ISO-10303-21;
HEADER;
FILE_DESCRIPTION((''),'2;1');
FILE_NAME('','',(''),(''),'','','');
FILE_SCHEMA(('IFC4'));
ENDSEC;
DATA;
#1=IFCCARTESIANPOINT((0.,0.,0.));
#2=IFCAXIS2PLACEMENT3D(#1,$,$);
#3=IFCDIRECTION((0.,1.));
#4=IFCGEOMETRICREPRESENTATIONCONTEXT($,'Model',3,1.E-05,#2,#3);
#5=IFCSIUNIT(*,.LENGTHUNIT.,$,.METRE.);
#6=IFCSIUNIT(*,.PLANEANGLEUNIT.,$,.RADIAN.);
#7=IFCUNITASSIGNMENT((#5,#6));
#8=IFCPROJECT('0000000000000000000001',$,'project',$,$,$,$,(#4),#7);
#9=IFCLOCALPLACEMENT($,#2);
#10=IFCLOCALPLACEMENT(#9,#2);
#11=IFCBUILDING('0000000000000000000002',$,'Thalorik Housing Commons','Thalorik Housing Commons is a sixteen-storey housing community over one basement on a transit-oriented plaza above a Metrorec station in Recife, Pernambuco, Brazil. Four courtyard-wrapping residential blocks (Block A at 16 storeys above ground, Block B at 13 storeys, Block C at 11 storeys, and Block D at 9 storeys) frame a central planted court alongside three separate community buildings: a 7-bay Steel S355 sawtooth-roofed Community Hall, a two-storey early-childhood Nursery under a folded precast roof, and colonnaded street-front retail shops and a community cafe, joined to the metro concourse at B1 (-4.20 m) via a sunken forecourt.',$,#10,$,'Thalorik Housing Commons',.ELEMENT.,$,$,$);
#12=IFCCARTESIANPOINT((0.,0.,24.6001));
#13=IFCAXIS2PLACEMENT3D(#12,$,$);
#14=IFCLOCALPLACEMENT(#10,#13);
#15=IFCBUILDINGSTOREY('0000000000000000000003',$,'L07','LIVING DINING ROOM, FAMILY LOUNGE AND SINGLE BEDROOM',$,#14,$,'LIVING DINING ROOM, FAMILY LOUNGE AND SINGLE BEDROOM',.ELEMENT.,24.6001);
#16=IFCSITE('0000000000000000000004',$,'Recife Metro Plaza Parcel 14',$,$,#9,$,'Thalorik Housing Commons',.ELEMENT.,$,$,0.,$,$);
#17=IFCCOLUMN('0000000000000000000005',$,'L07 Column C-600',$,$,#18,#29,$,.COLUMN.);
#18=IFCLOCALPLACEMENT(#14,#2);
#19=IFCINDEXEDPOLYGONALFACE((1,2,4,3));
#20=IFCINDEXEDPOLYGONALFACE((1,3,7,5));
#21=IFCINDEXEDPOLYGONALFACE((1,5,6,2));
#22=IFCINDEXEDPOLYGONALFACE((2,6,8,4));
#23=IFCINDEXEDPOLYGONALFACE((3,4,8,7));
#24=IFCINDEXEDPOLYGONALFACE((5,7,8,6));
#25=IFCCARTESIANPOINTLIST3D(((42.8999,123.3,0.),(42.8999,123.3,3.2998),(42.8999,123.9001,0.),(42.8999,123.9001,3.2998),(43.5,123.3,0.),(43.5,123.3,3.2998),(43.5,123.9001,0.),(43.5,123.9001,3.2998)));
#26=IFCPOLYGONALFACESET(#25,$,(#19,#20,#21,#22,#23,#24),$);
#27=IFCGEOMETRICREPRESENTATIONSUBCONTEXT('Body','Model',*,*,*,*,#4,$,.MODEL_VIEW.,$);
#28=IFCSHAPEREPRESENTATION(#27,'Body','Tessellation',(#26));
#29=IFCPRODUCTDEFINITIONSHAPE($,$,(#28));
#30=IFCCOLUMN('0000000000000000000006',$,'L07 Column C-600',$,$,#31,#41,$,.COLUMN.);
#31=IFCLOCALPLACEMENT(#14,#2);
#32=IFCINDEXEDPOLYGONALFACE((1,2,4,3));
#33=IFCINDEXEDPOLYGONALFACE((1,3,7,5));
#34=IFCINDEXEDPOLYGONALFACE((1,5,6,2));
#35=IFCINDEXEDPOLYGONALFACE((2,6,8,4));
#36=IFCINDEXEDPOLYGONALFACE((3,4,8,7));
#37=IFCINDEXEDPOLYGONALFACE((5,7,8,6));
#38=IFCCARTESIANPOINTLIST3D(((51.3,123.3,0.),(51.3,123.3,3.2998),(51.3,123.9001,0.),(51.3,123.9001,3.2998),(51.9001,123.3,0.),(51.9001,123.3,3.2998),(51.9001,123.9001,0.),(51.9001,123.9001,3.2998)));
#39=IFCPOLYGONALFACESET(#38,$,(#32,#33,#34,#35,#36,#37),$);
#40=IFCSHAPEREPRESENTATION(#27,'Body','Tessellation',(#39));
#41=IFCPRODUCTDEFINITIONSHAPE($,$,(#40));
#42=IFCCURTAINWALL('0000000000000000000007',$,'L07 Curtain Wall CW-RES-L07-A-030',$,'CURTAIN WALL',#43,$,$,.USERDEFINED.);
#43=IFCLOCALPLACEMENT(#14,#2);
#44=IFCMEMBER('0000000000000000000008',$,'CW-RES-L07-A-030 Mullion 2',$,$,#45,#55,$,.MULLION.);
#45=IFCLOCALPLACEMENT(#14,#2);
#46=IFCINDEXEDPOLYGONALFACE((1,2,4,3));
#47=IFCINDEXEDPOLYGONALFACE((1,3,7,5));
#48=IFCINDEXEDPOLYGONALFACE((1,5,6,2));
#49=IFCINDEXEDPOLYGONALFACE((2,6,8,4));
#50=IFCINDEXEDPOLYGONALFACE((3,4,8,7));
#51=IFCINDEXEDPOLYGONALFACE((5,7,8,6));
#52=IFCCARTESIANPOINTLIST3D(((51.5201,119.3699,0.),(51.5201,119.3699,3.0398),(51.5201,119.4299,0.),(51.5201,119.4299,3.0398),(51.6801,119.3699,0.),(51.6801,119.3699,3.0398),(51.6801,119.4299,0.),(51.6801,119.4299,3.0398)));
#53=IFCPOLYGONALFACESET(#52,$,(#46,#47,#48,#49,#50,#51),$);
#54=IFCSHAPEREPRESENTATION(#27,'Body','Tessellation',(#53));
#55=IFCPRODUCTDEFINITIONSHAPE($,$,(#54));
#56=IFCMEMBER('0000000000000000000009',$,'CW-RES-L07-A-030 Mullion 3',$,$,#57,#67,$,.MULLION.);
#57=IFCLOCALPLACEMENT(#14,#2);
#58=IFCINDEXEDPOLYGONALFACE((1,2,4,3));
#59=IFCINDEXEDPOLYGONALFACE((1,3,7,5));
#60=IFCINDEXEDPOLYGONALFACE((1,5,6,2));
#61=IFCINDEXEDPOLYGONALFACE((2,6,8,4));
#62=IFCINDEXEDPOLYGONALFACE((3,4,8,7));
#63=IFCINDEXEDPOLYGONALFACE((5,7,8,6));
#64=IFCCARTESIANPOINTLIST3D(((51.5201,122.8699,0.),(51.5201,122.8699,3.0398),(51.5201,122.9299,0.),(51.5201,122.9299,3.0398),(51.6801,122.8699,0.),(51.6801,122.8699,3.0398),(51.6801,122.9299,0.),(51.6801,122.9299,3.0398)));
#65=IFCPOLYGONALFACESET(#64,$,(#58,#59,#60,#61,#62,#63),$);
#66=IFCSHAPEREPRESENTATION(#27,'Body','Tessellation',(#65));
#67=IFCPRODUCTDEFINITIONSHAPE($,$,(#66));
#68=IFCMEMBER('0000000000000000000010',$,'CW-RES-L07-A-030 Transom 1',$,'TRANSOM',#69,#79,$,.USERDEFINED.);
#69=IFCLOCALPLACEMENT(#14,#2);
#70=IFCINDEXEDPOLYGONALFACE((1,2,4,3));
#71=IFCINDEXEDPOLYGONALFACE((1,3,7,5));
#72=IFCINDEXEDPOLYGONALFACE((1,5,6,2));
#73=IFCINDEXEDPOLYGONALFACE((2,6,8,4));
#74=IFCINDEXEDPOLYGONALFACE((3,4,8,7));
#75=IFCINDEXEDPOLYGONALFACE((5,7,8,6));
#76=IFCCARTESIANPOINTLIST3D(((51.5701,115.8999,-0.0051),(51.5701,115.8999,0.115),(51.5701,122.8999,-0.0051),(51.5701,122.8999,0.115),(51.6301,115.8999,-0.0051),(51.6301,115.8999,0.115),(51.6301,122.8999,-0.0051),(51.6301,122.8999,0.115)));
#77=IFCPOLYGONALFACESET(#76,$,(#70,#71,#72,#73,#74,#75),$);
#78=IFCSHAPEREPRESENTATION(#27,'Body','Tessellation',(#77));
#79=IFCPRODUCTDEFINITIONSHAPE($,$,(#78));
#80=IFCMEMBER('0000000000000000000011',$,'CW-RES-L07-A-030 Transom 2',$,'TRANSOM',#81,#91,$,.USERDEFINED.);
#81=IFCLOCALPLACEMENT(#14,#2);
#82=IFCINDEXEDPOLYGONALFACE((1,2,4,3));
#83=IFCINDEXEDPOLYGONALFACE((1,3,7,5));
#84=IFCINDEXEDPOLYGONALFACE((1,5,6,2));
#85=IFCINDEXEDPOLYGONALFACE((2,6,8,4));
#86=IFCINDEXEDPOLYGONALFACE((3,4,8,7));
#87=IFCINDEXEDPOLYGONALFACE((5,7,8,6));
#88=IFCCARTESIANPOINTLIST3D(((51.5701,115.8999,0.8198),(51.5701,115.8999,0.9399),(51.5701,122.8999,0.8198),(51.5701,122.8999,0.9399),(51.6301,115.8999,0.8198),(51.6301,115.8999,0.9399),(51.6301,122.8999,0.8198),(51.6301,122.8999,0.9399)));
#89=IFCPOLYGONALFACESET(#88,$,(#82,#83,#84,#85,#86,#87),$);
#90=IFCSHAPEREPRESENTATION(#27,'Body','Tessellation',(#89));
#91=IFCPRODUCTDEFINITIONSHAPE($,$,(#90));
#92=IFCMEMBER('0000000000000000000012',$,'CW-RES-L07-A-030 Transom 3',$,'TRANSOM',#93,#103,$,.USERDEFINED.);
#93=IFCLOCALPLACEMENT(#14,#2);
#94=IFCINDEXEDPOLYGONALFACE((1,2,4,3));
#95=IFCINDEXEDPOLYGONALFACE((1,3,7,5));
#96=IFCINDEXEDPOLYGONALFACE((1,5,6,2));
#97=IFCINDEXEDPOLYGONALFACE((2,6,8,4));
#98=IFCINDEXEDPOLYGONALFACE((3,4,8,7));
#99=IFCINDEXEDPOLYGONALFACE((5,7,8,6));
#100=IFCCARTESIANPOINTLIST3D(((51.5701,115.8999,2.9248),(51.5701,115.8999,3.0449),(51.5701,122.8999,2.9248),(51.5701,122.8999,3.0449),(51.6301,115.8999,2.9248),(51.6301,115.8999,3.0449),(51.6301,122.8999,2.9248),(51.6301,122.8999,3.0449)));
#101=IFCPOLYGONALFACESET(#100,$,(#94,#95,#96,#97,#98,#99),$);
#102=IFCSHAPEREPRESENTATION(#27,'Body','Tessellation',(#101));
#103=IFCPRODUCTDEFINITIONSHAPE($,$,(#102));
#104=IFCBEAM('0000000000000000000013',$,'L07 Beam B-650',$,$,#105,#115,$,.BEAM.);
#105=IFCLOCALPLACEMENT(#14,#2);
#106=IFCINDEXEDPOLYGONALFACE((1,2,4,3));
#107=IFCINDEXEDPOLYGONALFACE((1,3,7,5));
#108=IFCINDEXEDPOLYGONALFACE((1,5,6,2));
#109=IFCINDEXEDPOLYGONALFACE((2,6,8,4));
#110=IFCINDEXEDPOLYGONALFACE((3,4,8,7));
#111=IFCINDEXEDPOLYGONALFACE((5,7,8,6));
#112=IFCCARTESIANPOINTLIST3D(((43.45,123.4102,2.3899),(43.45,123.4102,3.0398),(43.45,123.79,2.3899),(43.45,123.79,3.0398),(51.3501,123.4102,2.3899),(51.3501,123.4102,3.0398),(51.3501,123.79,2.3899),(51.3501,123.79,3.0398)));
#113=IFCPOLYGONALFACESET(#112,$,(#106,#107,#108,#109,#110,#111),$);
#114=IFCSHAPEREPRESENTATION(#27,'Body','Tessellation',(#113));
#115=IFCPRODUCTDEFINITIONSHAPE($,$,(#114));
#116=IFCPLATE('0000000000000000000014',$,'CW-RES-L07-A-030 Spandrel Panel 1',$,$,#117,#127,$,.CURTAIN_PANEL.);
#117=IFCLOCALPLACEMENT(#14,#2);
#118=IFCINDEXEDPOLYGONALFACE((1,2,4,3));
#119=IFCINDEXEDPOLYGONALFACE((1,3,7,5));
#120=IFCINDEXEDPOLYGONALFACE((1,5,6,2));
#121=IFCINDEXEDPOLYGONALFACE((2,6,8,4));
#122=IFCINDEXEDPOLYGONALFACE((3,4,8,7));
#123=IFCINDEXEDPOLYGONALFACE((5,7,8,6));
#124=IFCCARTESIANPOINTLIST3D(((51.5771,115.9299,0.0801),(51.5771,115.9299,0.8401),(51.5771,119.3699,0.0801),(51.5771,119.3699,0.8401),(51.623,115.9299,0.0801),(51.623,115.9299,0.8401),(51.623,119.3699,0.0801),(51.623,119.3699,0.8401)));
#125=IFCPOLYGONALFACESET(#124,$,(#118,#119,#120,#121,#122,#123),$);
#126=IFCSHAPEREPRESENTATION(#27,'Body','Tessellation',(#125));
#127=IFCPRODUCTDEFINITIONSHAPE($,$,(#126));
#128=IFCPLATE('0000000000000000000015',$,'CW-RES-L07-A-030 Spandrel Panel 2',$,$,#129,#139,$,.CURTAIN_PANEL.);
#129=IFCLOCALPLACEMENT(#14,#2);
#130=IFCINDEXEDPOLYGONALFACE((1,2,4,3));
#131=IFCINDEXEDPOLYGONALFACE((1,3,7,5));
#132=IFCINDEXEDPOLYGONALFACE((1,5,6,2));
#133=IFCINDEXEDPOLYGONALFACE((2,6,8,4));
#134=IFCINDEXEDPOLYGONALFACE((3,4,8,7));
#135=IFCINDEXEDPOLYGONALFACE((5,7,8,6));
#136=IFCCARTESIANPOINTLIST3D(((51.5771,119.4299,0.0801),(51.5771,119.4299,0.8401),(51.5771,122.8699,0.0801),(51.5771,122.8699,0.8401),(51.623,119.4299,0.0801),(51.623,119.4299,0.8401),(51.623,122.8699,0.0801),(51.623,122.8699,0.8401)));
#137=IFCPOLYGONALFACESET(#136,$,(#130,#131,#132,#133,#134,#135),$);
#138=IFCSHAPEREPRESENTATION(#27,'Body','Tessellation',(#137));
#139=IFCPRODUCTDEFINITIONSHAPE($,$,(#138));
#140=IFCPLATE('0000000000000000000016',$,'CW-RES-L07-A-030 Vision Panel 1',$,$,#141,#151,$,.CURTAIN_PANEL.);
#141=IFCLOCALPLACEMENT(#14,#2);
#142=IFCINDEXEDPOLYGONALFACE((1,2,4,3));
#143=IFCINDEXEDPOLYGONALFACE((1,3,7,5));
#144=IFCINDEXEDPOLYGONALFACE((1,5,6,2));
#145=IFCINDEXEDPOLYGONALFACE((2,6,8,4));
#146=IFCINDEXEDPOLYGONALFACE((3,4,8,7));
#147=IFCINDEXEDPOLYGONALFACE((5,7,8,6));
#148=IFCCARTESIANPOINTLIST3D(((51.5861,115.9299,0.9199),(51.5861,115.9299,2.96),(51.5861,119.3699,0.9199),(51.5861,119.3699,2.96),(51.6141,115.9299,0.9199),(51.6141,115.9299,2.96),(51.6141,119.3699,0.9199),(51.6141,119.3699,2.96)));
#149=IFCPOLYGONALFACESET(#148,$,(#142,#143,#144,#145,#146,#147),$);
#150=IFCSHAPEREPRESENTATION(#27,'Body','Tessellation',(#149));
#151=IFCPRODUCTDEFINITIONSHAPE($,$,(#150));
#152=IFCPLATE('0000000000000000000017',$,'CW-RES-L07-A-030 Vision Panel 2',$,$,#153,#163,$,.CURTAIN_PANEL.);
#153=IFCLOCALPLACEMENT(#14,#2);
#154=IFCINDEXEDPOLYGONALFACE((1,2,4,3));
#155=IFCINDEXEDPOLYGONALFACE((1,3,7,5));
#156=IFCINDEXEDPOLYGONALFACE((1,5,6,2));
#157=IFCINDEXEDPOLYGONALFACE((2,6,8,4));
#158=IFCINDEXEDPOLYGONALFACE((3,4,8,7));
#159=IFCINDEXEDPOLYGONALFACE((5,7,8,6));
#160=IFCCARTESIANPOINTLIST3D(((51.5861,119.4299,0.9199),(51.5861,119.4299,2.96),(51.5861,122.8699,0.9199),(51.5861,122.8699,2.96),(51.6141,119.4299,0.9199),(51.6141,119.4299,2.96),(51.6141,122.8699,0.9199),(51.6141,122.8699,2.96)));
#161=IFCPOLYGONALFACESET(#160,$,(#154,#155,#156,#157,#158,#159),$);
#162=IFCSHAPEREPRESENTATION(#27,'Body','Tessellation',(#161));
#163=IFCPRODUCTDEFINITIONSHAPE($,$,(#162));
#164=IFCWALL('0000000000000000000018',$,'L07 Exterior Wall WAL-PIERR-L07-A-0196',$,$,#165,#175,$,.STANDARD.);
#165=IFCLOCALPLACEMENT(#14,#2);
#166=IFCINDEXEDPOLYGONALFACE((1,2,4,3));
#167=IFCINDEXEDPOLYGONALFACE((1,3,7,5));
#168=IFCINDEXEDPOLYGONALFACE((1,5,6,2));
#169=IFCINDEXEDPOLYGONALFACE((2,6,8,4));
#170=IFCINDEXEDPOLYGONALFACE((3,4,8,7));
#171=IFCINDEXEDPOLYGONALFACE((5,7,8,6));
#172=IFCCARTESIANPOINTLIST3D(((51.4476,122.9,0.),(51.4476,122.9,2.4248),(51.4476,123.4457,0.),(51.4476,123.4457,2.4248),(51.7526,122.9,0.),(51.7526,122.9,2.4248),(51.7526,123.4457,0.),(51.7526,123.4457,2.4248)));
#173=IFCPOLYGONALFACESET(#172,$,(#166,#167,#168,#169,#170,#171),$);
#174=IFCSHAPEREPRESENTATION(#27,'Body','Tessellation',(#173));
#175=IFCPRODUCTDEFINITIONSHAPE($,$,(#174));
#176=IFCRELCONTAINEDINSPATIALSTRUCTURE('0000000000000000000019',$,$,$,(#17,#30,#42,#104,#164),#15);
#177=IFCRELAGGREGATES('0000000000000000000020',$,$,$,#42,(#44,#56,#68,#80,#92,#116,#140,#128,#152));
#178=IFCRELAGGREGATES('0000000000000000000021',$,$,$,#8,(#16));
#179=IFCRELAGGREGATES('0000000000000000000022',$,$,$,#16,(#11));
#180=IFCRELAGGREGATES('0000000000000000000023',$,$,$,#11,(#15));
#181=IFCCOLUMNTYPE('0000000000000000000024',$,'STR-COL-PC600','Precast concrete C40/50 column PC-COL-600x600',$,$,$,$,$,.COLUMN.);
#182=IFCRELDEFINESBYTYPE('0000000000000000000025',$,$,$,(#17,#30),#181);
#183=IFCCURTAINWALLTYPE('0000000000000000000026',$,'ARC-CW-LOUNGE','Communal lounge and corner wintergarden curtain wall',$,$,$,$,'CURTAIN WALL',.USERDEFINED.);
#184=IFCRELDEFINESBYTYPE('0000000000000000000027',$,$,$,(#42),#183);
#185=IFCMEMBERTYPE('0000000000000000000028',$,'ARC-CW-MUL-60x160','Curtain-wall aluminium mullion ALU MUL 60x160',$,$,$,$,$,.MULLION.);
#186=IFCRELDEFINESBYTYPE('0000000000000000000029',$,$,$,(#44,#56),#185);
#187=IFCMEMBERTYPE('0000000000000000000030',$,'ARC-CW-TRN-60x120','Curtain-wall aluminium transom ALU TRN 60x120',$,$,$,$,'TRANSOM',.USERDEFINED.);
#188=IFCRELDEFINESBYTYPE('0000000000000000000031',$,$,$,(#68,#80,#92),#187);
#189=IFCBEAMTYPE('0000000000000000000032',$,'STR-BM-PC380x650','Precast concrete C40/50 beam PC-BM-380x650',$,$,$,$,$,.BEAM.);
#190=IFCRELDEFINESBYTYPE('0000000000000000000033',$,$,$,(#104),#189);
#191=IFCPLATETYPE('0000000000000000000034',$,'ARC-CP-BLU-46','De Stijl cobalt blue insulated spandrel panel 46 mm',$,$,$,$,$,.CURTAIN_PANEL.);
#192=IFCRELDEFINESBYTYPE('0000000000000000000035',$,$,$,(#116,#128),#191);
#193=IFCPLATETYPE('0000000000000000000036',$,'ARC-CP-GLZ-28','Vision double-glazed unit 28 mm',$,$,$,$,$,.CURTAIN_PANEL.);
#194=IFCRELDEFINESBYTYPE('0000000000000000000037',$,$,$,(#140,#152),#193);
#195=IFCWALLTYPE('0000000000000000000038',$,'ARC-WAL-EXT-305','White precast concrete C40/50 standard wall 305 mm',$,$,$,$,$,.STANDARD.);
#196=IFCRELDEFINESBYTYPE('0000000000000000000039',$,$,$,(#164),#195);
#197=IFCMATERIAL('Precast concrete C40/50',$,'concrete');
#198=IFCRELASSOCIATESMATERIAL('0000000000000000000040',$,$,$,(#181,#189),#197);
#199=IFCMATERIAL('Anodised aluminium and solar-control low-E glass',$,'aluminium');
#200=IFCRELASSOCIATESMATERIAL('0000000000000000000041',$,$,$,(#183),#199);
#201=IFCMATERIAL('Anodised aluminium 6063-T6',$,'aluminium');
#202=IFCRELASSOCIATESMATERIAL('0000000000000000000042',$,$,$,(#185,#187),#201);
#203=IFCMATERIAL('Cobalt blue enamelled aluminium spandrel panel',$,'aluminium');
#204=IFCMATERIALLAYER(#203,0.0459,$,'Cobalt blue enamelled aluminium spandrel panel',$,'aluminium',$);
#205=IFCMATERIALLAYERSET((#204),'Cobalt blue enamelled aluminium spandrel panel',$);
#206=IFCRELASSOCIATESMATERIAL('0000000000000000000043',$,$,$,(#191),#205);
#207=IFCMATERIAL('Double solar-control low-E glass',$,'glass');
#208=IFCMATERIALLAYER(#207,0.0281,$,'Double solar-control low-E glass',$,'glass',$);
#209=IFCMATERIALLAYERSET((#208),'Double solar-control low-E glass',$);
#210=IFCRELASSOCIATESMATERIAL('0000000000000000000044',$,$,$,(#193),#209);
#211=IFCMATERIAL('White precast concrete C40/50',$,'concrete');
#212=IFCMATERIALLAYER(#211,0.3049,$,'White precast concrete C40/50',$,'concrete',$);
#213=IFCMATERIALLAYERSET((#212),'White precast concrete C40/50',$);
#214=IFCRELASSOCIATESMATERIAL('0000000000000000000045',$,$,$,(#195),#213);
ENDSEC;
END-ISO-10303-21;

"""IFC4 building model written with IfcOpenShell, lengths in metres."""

from ifc_helpers import new_model, si_unit, direction, frame, frame_2d, origin, origin_2d, place, context, subcontext, project, spatial, rectangle, extrude, material, layer, layer_set, material_profile, profile_set, type_object, element, aggregate, save


model = new_model("IFC4")

# Units and contexts
model_context = context("Model", 3, precision=1e-05, world=origin(), true_north=direction((0.0, 1.0)))
body_context = subcontext(model_context, "Body", "Model", "MODEL_VIEW")
ifc_project = project(units=[si_unit("LENGTHUNIT", "METRE"), si_unit("PLANEANGLEUNIT", "RADIAN")], contexts=[model_context])

# Site, building, storey
site_placement = place(None, origin())
site = spatial("IfcSite", under=ifc_project, at=site_placement, Name="Recife Metro Plaza Parcel 14", LongName="Thalorik Housing Commons", CompositionType="ELEMENT", RefElevation=0.0)
building_placement = place(site_placement, origin())
building = spatial("IfcBuilding", under=site, at=building_placement, Name="Thalorik Housing Commons", Description="Thalorik Housing Commons is a sixteen-storey housing community over one basement on a transit-oriented plaza above a Metrorec station in Recife, Pernambuco, Brazil. Four courtyard-wrapping residential blocks (Block A at 16 storeys above ground, Block B at 13 storeys, Block C at 11 storeys, and Block D at 9 storeys) frame a central planted court alongside three separate community buildings: a 7-bay Steel S355 sawtooth-roofed Community Hall, a two-storey early-childhood Nursery under a folded precast roof, and colonnaded street-front retail shops and a community cafe, joined to the metro concourse at B1 (-4.20 m) via a sunken forecourt.", LongName="Thalorik Housing Commons", CompositionType="ELEMENT")
storey_placement = place(building_placement, frame((0.0, 0.0, 24.6001)))
storey = spatial("IfcBuildingStorey", under=building, at=storey_placement, Name="L07", Description="LIVING DINING ROOM, FAMILY LOUNGE AND SINGLE BEDROOM", LongName="LIVING DINING ROOM, FAMILY LOUNGE AND SINGLE BEDROOM", CompositionType="ELEMENT", Elevation=24.6001)

# Columns
ifc_material_1 = material(Name="Precast concrete C40/50", Category="concrete")
ifc_material_profile_1 = material_profile(ifc_material_1, rectangle(XDim=0.6001, YDim=0.6001, at=origin_2d()), Name="PC 600x600", Category="concrete")
ifc_profile_set_1 = profile_set([ifc_material_profile_1], Name="Precast concrete C40/50")
column_type = type_object("IfcColumnType", Name="STR-COL-PC600", Description="Precast concrete C40/50 column PC-COL-600x600", PredefinedType="COLUMN", material=ifc_profile_set_1)
for number, where, z_axis, x_axis, name in (
    (1, (43.2, 123.6001, 0.0), (0.0, 0.0, 1.0), (1.0, 0.0, 0.0), "L07 Column C-600"),
    (2, (51.6001, 123.6001, 0.0), (0.0, 0.0, 1.0), (1.0, 0.0, 0.0), "L07 Column C-600"),
):
    element("IfcColumn", number, at=place(storey_placement, frame(where, z_axis=z_axis, x_axis=x_axis)), inside=storey, type_object=column_type, Name=name, PredefinedType="COLUMN", context=body_context, shape_type="SweptSolid", body=[
        extrude(rectangle(XDim=0.6001, YDim=0.6001, at=origin_2d()), origin(), (0.0, 0.0, 1.0), 3.2998),
    ])

# Curtain wall, members
ifc_material_2 = material(Name="Anodised aluminium and solar-control low-E glass", Category="aluminium")
curtain_wall_type = type_object("IfcCurtainWallType", Name="ARC-CW-LOUNGE", Description="Communal lounge and corner wintergarden curtain wall", ElementType="CURTAIN WALL", PredefinedType="USERDEFINED", material=ifc_material_2)
curtain_wall_placement = place(storey_placement, origin())
curtain_wall = element("IfcCurtainWall", 3, at=curtain_wall_placement, inside=storey, type_object=curtain_wall_type, Name="L07 Curtain Wall CW-RES-L07-A-030", ObjectType="CURTAIN WALL", PredefinedType="USERDEFINED")
ifc_material_3 = material(Name="Anodised aluminium 6063-T6", Category="aluminium")
ifc_material_profile_2 = material_profile(ifc_material_3, rectangle(XDim=0.0601, YDim=0.1599, at=origin_2d()), Name="ALU MUL 60x160", Category="aluminium")
ifc_profile_set_2 = profile_set([ifc_material_profile_2], Name="Anodised aluminium 6063-T6")
member_type_1 = type_object("IfcMemberType", Name="ARC-CW-MUL-60x160", Description="Curtain-wall aluminium mullion ALU MUL 60x160", PredefinedType="MULLION", material=ifc_profile_set_2)
member_1_placement = place(storey_placement, frame((51.6001, 119.3999, 0.0), z_axis=(0.0, 0.0, 1.0), x_axis=(0.0, 1.0, 0.0)))
member_1 = element("IfcMember", 4, at=member_1_placement, type_object=member_type_1, Name="CW-RES-L07-A-030 Mullion 2", PredefinedType="MULLION", context=body_context, shape_type="SweptSolid", body=[
    extrude(rectangle(XDim=0.0601, YDim=0.1599, at=origin_2d()), origin(), (0.0, 0.0, 1.0), 3.0398),
])
member_2_placement = place(storey_placement, frame((51.6001, 122.8999, 0.0), z_axis=(0.0, 0.0, 1.0), x_axis=(0.0, 1.0, 0.0)))
member_2 = element("IfcMember", 5, at=member_2_placement, type_object=member_type_1, Name="CW-RES-L07-A-030 Mullion 3", PredefinedType="MULLION", context=body_context, shape_type="SweptSolid", body=[
    extrude(rectangle(XDim=0.0601, YDim=0.1599, at=origin_2d()), origin(), (0.0, 0.0, 1.0), 3.0398),
])
ifc_material_profile_3 = material_profile(ifc_material_3, rectangle(XDim=0.0601, YDim=0.1201, at=origin_2d()), Name="ALU TRN 60x120", Category="aluminium")
ifc_profile_set_3 = profile_set([ifc_material_profile_3], Name="Anodised aluminium 6063-T6")
member_type_2 = type_object("IfcMemberType", Name="ARC-CW-TRN-60x120", Description="Curtain-wall aluminium transom ALU TRN 60x120", ElementType="TRANSOM", PredefinedType="USERDEFINED", material=ifc_profile_set_3)
member_3_placement = place(storey_placement, frame((51.6001, 115.8999, 0.0549), z_axis=(0.0, 1.0, 0.0), x_axis=(-1.0, 0.0, 0.0)))
member_3 = element("IfcMember", 6, at=member_3_placement, type_object=member_type_2, Name="CW-RES-L07-A-030 Transom 1", ObjectType="TRANSOM", PredefinedType="USERDEFINED", context=body_context, shape_type="SweptSolid", body=[
    extrude(rectangle(XDim=0.0601, YDim=0.1201, at=origin_2d()), origin(), (0.0, 0.0, 1.0), 7.0),
])
member_4_placement = place(storey_placement, frame((51.6001, 115.8999, 0.8799), z_axis=(0.0, 1.0, 0.0), x_axis=(-1.0, 0.0, 0.0)))
member_4 = element("IfcMember", 7, at=member_4_placement, type_object=member_type_2, Name="CW-RES-L07-A-030 Transom 2", ObjectType="TRANSOM", PredefinedType="USERDEFINED", context=body_context, shape_type="SweptSolid", body=[
    extrude(rectangle(XDim=0.0601, YDim=0.1201, at=origin_2d()), origin(), (0.0, 0.0, 1.0), 7.0),
])
member_5_placement = place(storey_placement, frame((51.6001, 115.8999, 2.9849), z_axis=(0.0, 1.0, 0.0), x_axis=(-1.0, 0.0, 0.0)))
member_5 = element("IfcMember", 8, at=member_5_placement, type_object=member_type_2, Name="CW-RES-L07-A-030 Transom 3", ObjectType="TRANSOM", PredefinedType="USERDEFINED", context=body_context, shape_type="SweptSolid", body=[
    extrude(rectangle(XDim=0.0601, YDim=0.1201, at=origin_2d()), origin(), (0.0, 0.0, 1.0), 7.0),
])

# Beam
ifc_material_profile_4 = material_profile(ifc_material_1, rectangle(XDim=0.3799, YDim=0.6499, at=origin_2d()), Name="PC 380x650", Category="concrete")
ifc_profile_set_4 = profile_set([ifc_material_profile_4], Name="Precast concrete C40/50")
beam_type = type_object("IfcBeamType", Name="STR-BM-PC380x650", Description="Precast concrete C40/50 beam PC-BM-380x650", PredefinedType="BEAM", material=ifc_profile_set_4)
beam_placement = place(storey_placement, frame((43.45, 123.6001, 2.7148), z_axis=(1.0, 0.0, 0.0), x_axis=(0.0, 1.0, 0.0)))
element("IfcBeam", 9, at=beam_placement, inside=storey, type_object=beam_type, Name="L07 Beam B-650", PredefinedType="BEAM", context=body_context, shape_type="SweptSolid", body=[
    extrude(rectangle(XDim=0.3799, YDim=0.6499, at=origin_2d()), origin(), (0.0, 0.0, 1.0), 7.9001),
])

# Plates
ifc_material_4 = material(Name="Cobalt blue enamelled aluminium spandrel panel", Category="aluminium")
ifc_layer_1 = layer(ifc_material_4, 0.0459, Name="Cobalt blue enamelled aluminium spandrel panel", Category="aluminium")
ifc_layer_set_1 = layer_set([ifc_layer_1], Name="Cobalt blue enamelled aluminium spandrel panel")
plate_type_1 = type_object("IfcPlateType", Name="ARC-CP-BLU-46", Description="De Stijl cobalt blue insulated spandrel panel 46 mm", PredefinedType="CURTAIN_PANEL", material=ifc_layer_set_1)
plate_1_placement = place(storey_placement, frame((51.6001, 117.6499, 0.0801), z_axis=(0.0, 0.0, 1.0), x_axis=(0.0, 1.0, 0.0)))
plate_1 = element("IfcPlate", 10, at=plate_1_placement, type_object=plate_type_1, Name="CW-RES-L07-A-030 Spandrel Panel 1", PredefinedType="CURTAIN_PANEL", context=body_context, shape_type="SweptSolid", body=[
    extrude(rectangle(XDim=3.4399, YDim=0.0459, at=origin_2d()), origin(), (0.0, 0.0, 1.0), 0.76),
])
plate_2_placement = place(storey_placement, frame((51.6001, 121.1499, 0.0801), z_axis=(0.0, 0.0, 1.0), x_axis=(0.0, 1.0, 0.0)))
plate_2 = element("IfcPlate", 11, at=plate_2_placement, type_object=plate_type_1, Name="CW-RES-L07-A-030 Spandrel Panel 2", PredefinedType="CURTAIN_PANEL", context=body_context, shape_type="SweptSolid", body=[
    extrude(rectangle(XDim=3.4399, YDim=0.0459, at=origin_2d()), origin(), (0.0, 0.0, 1.0), 0.76),
])
ifc_material_5 = material(Name="Double solar-control low-E glass", Category="glass")
ifc_layer_2 = layer(ifc_material_5, 0.0281, Name="Double solar-control low-E glass", Category="glass")
ifc_layer_set_2 = layer_set([ifc_layer_2], Name="Double solar-control low-E glass")
plate_type_2 = type_object("IfcPlateType", Name="ARC-CP-GLZ-28", Description="Vision double-glazed unit 28 mm", PredefinedType="CURTAIN_PANEL", material=ifc_layer_set_2)
plate_3_placement = place(storey_placement, frame((51.6001, 117.6499, 0.9199), z_axis=(0.0, 0.0, 1.0), x_axis=(0.0, 1.0, 0.0)))
plate_3 = element("IfcPlate", 12, at=plate_3_placement, type_object=plate_type_2, Name="CW-RES-L07-A-030 Vision Panel 1", PredefinedType="CURTAIN_PANEL", context=body_context, shape_type="SweptSolid", body=[
    extrude(rectangle(XDim=3.4399, YDim=0.0281, at=origin_2d()), origin(), (0.0, 0.0, 1.0), 2.04),
])
plate_4_placement = place(storey_placement, frame((51.6001, 121.1499, 0.9199), z_axis=(0.0, 0.0, 1.0), x_axis=(0.0, 1.0, 0.0)))
plate_4 = element("IfcPlate", 13, at=plate_4_placement, type_object=plate_type_2, Name="CW-RES-L07-A-030 Vision Panel 2", PredefinedType="CURTAIN_PANEL", context=body_context, shape_type="SweptSolid", body=[
    extrude(rectangle(XDim=3.4399, YDim=0.0281, at=origin_2d()), origin(), (0.0, 0.0, 1.0), 2.04),
])
aggregate(curtain_wall, [member_1, member_2, member_3, member_4, member_5, plate_1, plate_3, plate_2, plate_4])

# Wall
ifc_material_6 = material(Name="White precast concrete C40/50", Category="concrete")
ifc_layer_3 = layer(ifc_material_6, 0.3049, Name="White precast concrete C40/50", Category="concrete")
ifc_layer_set_3 = layer_set([ifc_layer_3], Name="White precast concrete C40/50")
wall_type_1 = type_object("IfcWallType", Name="ARC-WAL-EXT-305", Description="White precast concrete C40/50 standard wall 305 mm", PredefinedType="STANDARD", material=ifc_layer_set_3)
wall_1_placement = place(storey_placement, frame((51.6001, 122.8999, 0.0), z_axis=(0.0, 0.0, 1.0), x_axis=(0.0, 1.0, 0.0)))
element("IfcWall", 14, at=wall_1_placement, inside=storey, type_object=wall_type_1, Name="L07 Exterior Wall WAL-PIERR-L07-A-0196", PredefinedType="STANDARD", context=body_context, shape_type="SweptSolid", body=[
    extrude(rectangle(XDim=0.5457, YDim=0.3049, at=frame_2d((0.2729, 0.0))), origin(), (0.0, 0.0, 1.0), 2.4248),
])

save(model, "model.ifc")
